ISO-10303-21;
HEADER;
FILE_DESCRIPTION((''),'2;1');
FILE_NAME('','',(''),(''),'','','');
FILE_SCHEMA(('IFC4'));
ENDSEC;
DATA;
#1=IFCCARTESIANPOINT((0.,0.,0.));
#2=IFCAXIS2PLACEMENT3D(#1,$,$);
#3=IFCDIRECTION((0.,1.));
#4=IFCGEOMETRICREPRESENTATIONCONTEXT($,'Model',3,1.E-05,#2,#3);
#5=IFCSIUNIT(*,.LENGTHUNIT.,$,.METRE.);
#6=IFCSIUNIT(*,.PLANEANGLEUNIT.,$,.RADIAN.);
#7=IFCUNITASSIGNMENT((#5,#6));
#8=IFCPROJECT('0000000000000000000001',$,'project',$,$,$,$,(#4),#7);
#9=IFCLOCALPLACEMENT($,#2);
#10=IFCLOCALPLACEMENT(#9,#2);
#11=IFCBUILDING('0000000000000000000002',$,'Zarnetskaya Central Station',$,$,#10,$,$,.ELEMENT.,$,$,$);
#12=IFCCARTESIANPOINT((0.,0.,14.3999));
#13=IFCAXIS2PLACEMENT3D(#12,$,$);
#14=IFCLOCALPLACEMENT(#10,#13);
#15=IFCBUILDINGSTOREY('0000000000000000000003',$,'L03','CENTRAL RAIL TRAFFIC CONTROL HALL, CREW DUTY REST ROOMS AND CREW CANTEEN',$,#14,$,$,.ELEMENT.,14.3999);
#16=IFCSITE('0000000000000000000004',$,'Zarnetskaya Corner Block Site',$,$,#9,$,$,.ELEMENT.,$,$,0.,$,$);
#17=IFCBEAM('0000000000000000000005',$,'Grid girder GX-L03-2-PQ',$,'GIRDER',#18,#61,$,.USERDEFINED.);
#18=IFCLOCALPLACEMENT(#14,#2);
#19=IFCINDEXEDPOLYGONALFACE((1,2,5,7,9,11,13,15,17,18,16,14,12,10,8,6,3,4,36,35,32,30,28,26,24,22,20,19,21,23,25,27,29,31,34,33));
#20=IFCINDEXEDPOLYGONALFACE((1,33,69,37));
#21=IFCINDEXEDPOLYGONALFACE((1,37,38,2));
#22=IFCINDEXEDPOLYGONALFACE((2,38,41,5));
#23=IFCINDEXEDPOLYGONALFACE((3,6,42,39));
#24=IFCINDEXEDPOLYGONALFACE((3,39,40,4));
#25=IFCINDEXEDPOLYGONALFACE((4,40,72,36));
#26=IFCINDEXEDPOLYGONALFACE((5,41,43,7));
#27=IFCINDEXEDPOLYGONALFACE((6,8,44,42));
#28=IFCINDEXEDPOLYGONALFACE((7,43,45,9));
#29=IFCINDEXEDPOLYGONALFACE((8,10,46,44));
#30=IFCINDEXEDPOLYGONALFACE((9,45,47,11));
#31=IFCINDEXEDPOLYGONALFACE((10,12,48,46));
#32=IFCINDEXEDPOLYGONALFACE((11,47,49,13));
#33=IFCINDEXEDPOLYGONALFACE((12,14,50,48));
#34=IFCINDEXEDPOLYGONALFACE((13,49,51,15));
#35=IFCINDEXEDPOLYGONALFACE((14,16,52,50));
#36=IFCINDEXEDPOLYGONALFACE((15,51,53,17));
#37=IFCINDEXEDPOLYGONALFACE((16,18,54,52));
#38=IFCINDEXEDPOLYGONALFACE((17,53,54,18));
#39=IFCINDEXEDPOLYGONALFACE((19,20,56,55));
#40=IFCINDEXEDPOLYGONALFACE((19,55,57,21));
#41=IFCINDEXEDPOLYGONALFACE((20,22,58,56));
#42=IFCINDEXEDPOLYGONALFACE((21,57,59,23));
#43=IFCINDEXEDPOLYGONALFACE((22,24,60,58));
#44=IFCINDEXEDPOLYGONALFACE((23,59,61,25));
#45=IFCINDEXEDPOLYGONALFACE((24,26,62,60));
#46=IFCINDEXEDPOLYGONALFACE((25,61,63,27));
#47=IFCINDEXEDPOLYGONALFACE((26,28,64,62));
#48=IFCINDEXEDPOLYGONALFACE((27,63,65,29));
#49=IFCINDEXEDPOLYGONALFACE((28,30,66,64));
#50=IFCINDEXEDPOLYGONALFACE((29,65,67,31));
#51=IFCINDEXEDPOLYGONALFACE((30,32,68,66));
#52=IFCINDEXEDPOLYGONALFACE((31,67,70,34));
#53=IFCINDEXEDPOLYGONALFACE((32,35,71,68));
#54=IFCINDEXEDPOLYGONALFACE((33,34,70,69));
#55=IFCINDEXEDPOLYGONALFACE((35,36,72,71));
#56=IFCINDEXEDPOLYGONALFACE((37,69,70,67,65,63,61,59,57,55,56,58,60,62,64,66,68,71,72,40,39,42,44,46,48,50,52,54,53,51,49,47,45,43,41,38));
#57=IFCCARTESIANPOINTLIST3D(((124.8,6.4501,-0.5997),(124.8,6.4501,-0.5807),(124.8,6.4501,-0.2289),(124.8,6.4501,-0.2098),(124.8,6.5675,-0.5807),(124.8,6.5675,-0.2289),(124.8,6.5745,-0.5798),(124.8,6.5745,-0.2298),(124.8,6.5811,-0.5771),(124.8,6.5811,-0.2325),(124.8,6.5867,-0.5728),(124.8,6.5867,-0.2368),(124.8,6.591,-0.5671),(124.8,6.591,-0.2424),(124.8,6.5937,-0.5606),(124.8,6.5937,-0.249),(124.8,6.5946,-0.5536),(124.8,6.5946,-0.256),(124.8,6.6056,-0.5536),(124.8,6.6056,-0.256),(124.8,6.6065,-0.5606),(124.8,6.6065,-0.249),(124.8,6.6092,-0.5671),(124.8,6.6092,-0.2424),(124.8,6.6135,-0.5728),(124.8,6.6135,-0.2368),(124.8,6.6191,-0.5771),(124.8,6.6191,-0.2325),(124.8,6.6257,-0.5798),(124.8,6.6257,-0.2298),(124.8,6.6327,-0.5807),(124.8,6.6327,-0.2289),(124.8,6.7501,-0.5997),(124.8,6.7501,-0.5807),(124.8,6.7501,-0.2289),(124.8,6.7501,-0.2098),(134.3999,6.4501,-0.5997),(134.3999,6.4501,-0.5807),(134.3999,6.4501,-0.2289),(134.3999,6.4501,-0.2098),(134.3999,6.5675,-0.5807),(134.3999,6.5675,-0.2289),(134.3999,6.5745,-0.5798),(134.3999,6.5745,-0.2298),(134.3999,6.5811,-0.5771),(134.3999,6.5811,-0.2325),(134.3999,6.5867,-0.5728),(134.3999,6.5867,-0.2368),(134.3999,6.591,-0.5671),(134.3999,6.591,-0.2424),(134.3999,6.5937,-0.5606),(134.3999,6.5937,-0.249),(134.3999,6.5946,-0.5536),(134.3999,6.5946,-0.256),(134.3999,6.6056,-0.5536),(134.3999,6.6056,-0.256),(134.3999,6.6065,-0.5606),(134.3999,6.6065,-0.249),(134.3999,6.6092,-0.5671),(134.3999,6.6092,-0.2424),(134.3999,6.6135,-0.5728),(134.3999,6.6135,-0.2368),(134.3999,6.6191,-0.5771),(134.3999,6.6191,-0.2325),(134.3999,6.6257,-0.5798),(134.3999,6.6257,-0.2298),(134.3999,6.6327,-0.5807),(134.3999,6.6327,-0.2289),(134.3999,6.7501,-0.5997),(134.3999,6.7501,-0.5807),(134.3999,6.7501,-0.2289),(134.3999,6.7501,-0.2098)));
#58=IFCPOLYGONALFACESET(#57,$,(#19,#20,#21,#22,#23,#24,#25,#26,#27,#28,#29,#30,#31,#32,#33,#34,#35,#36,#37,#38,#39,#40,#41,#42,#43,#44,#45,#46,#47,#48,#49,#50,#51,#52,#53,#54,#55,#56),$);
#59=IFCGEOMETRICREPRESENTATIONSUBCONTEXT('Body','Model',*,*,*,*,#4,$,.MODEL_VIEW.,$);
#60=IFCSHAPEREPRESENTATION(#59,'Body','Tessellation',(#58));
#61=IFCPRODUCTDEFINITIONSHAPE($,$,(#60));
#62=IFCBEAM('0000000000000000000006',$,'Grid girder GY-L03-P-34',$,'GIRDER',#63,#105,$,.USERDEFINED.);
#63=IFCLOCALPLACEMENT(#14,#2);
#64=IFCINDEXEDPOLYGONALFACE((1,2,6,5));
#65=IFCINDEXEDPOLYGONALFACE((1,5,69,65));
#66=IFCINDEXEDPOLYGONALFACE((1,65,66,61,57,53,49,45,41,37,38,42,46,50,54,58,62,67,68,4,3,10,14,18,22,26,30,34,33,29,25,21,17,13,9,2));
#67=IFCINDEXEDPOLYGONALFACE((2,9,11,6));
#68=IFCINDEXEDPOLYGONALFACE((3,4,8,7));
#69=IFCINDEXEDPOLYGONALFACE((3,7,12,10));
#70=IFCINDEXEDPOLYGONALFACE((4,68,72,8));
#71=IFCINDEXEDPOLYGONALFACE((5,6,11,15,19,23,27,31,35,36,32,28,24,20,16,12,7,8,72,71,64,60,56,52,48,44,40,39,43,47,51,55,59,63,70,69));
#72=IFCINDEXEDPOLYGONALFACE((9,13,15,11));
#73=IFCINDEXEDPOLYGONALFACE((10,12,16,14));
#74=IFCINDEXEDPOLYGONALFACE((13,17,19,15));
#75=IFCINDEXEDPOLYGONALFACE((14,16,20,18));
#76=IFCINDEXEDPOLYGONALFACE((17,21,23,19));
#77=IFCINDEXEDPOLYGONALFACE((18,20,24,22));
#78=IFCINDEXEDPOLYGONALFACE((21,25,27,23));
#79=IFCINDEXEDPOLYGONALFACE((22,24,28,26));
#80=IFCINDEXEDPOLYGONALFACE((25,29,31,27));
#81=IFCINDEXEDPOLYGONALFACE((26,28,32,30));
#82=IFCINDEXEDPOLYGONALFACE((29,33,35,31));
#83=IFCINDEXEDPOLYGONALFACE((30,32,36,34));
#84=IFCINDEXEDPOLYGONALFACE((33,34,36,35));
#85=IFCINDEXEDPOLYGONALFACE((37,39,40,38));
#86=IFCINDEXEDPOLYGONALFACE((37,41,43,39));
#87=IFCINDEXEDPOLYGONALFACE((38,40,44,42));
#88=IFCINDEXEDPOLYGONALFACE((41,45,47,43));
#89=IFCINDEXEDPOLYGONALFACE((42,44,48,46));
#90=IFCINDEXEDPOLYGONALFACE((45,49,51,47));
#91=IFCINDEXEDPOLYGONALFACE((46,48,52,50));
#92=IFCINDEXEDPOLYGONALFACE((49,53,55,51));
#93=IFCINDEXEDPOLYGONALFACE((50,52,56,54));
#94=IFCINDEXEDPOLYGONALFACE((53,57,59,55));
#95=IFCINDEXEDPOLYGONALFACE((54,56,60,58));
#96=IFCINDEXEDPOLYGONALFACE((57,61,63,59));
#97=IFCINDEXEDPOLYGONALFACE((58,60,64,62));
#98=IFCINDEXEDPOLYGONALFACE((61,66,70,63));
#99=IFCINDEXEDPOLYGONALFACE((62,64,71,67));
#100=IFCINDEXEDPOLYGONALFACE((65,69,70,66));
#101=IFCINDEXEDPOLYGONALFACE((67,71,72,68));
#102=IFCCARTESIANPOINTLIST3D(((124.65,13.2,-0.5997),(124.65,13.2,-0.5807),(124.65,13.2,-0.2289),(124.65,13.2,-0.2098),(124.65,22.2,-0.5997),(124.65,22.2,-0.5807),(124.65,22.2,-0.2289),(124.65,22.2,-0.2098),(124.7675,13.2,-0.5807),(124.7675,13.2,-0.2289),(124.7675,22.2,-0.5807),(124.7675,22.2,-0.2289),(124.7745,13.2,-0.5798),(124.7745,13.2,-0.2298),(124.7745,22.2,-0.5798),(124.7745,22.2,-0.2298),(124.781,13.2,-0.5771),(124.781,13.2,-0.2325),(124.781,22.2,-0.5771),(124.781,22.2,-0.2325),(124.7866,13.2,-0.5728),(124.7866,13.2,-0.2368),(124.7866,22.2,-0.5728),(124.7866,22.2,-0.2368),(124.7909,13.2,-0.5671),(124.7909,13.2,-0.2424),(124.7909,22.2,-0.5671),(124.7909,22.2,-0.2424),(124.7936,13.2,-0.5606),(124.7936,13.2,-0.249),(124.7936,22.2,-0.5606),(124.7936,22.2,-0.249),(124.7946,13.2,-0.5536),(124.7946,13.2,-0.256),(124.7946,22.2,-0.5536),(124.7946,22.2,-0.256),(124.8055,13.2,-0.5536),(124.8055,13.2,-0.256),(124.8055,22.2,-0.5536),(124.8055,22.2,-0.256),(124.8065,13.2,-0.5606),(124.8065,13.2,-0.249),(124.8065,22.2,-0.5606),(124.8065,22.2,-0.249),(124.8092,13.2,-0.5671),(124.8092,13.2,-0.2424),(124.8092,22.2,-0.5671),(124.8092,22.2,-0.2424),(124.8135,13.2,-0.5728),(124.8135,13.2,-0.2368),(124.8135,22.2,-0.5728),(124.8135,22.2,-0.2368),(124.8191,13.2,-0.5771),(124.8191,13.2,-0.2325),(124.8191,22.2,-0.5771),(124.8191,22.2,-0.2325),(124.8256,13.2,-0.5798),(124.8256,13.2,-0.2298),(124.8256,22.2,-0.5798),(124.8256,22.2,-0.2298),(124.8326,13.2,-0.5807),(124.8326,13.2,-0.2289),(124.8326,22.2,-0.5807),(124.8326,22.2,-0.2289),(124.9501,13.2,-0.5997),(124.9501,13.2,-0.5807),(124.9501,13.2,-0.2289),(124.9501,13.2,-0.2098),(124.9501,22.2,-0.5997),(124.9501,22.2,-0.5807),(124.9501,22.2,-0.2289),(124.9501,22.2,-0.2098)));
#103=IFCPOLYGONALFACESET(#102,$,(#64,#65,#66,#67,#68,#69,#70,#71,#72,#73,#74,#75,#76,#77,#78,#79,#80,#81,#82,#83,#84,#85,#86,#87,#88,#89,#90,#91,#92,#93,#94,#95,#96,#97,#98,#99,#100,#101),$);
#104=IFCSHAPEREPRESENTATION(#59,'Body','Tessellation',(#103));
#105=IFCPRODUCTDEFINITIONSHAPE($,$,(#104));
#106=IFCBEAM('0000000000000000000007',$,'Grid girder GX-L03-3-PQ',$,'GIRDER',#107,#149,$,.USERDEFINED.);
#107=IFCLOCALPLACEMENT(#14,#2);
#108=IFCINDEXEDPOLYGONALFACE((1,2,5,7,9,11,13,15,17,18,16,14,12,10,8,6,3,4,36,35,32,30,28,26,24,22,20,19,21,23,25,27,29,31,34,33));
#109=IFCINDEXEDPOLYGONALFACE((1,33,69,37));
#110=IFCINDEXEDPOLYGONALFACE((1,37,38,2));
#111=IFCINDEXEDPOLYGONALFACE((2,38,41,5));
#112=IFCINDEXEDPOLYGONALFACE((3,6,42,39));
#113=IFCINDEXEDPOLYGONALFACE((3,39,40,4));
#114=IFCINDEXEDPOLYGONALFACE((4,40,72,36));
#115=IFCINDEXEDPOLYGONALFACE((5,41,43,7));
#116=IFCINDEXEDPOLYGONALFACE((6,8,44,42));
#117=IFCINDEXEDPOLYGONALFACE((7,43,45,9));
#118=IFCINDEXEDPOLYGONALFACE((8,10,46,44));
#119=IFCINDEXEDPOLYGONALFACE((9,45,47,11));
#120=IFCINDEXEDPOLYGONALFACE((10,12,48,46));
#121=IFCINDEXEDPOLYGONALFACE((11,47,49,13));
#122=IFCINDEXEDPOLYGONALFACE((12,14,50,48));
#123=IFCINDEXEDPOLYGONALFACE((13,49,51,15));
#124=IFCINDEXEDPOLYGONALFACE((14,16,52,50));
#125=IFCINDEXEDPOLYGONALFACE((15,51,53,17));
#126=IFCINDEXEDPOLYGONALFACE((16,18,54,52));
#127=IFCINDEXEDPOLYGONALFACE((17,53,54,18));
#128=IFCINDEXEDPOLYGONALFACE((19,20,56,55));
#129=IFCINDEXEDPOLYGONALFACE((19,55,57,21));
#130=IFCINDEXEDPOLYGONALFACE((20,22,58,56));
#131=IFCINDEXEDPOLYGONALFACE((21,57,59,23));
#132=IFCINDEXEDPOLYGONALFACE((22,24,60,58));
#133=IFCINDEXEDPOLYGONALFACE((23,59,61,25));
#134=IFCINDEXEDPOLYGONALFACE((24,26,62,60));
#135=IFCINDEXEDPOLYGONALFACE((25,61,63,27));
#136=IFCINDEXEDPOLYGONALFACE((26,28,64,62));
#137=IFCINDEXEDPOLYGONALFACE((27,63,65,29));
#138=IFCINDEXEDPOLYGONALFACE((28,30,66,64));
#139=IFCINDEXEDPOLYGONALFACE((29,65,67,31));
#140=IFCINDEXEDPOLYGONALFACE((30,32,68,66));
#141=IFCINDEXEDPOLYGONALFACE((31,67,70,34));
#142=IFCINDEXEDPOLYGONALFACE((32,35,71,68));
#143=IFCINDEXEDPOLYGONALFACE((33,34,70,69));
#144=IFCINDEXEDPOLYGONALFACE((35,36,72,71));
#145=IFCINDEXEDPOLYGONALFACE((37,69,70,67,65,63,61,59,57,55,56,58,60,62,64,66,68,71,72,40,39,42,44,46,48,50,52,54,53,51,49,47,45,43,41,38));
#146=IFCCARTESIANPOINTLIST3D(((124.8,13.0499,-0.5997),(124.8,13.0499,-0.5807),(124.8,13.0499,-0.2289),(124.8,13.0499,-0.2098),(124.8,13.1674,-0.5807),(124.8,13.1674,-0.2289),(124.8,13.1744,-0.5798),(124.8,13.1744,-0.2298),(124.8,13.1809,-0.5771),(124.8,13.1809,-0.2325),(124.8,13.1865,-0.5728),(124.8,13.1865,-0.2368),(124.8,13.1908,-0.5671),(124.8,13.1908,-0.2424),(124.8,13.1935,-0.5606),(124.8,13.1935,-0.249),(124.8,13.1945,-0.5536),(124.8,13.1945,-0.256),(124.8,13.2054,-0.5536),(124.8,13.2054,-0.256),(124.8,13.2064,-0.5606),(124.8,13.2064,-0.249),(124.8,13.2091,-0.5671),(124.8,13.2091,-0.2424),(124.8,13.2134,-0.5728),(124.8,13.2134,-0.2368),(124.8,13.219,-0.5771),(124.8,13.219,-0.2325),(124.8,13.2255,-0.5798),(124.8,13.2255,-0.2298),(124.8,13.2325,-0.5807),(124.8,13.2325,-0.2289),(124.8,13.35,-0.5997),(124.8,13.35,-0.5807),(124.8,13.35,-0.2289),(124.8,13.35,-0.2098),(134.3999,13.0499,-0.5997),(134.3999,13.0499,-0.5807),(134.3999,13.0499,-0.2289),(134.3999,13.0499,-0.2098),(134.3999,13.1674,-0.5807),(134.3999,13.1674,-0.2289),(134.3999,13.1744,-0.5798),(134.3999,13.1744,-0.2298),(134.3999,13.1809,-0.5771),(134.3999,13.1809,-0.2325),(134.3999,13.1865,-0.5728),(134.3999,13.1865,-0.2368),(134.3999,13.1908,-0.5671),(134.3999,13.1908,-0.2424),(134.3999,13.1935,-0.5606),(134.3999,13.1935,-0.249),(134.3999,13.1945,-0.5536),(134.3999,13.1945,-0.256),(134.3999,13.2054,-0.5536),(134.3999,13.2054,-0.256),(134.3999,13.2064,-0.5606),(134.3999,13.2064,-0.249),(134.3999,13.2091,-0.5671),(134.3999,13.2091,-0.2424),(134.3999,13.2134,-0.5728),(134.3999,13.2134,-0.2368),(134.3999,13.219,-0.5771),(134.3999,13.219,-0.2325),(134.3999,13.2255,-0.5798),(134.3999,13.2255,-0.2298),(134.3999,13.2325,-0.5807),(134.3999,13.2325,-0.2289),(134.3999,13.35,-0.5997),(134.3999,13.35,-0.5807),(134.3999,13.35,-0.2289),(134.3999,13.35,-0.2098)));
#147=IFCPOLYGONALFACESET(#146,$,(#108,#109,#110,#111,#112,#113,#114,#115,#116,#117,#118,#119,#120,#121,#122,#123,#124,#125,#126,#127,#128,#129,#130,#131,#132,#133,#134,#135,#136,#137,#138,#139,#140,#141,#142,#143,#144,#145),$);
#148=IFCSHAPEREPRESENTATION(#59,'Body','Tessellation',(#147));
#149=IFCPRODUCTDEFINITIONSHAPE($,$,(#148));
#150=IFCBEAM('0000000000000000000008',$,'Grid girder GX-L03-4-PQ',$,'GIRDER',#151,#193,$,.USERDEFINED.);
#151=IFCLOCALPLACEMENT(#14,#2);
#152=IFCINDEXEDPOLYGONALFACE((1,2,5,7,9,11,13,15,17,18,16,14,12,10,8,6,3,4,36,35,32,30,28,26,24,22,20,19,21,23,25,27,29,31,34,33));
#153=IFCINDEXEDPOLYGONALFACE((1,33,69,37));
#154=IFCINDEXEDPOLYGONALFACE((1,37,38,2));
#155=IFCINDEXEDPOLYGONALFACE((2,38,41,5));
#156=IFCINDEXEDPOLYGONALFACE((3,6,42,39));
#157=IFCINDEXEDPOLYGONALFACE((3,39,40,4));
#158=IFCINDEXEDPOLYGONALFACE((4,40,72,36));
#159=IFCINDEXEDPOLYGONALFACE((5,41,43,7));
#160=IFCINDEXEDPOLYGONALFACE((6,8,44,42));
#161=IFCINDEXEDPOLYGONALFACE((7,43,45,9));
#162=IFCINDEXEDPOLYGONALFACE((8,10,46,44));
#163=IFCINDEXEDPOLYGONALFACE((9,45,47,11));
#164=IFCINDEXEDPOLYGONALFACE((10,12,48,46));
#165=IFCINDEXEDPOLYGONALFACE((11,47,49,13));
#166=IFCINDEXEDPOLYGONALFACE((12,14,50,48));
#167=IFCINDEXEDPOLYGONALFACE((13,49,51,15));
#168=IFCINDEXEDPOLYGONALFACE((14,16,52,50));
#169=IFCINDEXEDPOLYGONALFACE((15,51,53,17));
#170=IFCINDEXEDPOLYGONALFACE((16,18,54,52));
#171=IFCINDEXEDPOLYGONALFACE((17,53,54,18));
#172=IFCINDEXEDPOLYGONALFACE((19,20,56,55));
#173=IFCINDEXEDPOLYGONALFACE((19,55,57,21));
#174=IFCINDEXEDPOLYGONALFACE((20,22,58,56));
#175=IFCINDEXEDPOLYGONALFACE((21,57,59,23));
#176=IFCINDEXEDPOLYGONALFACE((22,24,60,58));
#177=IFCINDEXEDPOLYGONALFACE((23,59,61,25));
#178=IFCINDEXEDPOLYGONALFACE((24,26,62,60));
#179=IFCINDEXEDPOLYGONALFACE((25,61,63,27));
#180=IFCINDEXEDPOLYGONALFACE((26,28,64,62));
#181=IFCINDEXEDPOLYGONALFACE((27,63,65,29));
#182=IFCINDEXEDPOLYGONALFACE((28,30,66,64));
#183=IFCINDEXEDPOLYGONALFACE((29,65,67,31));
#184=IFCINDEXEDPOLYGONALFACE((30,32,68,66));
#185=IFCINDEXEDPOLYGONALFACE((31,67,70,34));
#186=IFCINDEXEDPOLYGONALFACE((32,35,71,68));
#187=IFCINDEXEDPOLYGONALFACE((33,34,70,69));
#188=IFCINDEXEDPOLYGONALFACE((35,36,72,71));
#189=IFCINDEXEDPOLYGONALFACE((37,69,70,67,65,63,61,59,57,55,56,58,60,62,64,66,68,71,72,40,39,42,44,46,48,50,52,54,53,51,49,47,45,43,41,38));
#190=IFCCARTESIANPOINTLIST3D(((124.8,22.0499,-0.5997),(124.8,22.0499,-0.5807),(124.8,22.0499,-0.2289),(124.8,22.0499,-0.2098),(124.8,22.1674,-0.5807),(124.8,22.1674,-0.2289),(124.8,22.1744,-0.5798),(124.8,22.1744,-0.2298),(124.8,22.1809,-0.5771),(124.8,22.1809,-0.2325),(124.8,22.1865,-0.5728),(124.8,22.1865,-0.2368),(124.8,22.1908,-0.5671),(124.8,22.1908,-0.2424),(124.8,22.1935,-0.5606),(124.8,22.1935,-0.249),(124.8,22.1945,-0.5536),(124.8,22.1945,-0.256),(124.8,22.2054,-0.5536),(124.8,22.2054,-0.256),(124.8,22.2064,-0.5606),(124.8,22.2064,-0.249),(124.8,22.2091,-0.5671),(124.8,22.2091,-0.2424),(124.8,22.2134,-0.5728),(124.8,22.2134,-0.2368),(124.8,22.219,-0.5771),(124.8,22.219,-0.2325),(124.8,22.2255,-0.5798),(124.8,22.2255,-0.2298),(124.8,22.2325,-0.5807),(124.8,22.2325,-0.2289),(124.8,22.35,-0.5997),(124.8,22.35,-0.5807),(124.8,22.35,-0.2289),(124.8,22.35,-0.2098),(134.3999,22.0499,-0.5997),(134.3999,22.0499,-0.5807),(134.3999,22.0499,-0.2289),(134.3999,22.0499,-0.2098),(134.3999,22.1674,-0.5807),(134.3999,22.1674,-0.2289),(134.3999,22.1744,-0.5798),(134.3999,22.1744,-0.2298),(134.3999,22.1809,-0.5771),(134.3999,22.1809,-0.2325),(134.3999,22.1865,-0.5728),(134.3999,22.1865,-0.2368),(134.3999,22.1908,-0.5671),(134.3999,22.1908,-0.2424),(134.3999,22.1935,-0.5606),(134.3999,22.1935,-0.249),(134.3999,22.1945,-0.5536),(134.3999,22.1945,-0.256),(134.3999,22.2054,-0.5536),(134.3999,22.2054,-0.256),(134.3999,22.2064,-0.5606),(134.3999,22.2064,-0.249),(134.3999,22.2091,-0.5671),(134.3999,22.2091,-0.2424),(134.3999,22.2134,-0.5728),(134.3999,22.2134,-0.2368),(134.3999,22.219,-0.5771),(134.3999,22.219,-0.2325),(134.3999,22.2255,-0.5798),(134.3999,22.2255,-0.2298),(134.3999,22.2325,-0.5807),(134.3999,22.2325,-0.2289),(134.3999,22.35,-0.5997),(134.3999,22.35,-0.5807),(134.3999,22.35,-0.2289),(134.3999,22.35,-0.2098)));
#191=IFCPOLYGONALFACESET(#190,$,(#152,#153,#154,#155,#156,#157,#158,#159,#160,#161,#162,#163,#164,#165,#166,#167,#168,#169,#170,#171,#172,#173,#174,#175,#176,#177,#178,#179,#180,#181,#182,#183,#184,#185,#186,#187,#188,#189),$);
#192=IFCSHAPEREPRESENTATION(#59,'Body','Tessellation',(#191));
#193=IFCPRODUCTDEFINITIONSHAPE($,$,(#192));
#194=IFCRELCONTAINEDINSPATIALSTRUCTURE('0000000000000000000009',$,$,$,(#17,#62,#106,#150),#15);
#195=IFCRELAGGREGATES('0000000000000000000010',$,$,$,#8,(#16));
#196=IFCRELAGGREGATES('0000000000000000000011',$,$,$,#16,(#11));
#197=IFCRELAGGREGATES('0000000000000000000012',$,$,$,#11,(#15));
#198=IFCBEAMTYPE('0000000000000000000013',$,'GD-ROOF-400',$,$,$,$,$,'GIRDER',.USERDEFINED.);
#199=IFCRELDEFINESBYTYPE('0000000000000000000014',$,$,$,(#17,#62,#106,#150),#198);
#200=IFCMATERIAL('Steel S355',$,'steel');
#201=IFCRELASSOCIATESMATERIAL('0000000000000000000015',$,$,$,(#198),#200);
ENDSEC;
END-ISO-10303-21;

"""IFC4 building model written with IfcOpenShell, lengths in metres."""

from ifc_helpers import new_model, si_unit, direction, frame, origin, origin_2d, place, context, subcontext, project, spatial, i_section, extrude, material, material_profile, profile_set, type_object, element, save


model = new_model("IFC4")

# Units and contexts
model_context = context("Model", 3, precision=1e-05, world=origin(), true_north=direction((0.0, 1.0)))
body_context = subcontext(model_context, "Body", "Model", "MODEL_VIEW")
ifc_project = project(units=[si_unit("LENGTHUNIT", "METRE"), si_unit("PLANEANGLEUNIT", "RADIAN")], contexts=[model_context])

# Site, building, storey
site_placement = place(None, origin())
site = spatial("IfcSite", under=ifc_project, at=site_placement, Name="Zarnetskaya Corner Block Site", CompositionType="ELEMENT", RefElevation=0.0)
building_placement = place(site_placement, origin())
building = spatial("IfcBuilding", under=site, at=building_placement, Name="Zarnetskaya Central Station", CompositionType="ELEMENT")
storey_placement = place(building_placement, frame((0.0, 0.0, 14.3999)))
storey = spatial("IfcBuildingStorey", under=building, at=storey_placement, Name="L03", Description="CENTRAL RAIL TRAFFIC CONTROL HALL, CREW DUTY REST ROOMS AND CREW CANTEEN", CompositionType="ELEMENT", Elevation=14.3999)

# Beams
ifc_material_1 = material(Name="Steel S355", Category="steel")
ifc_material_profile_1 = material_profile(ifc_material_1, i_section(OverallWidth=0.3, OverallDepth=0.3899, WebThickness=0.011, FlangeThickness=0.019, FilletRadius=0.0271, at=origin_2d()), Name="HEA 400")
ifc_profile_set_1 = profile_set([ifc_material_profile_1], Name="Steel S355")
beam_type_1 = type_object("IfcBeamType", Name="GD-ROOF-400", ElementType="GIRDER", PredefinedType="USERDEFINED", material=ifc_profile_set_1)
beam_1_placement = place(storey_placement, frame((124.8, 6.6001, -0.4048), z_axis=(1.0, 0.0, 0.0), x_axis=(0.0, 1.0, 0.0)))
element("IfcBeam", 1, at=beam_1_placement, inside=storey, type_object=beam_type_1, Name="Grid girder GX-L03-2-PQ", ObjectType="GIRDER", PredefinedType="USERDEFINED", context=body_context, shape_type="SweptSolid", body=[
    extrude(i_section(OverallWidth=0.3, OverallDepth=0.3899, WebThickness=0.011, FlangeThickness=0.019, FilletRadius=0.0271, at=origin_2d()), origin(), (0.0, 0.0, 1.0), 9.5999),
])
beam_2_placement = place(storey_placement, frame((124.8, 13.2, -0.4048), z_axis=(0.0, 1.0, 0.0), x_axis=(-1.0, 0.0, 0.0)))
element("IfcBeam", 2, at=beam_2_placement, inside=storey, type_object=beam_type_1, Name="Grid girder GY-L03-P-34", ObjectType="GIRDER", PredefinedType="USERDEFINED", context=body_context, shape_type="SweptSolid", body=[
    extrude(i_section(OverallWidth=0.3, OverallDepth=0.3899, WebThickness=0.011, FlangeThickness=0.019, FilletRadius=0.0271, at=origin_2d()), origin(), (0.0, 0.0, 1.0), 9.0),
])
for number, where, z_axis, x_axis, name in (
    (3, (124.8, 13.2, -0.4048), (1.0, 0.0, 0.0), (0.0, 1.0, 0.0), "Grid girder GX-L03-3-PQ"),
    (4, (124.8, 22.2, -0.4048), (1.0, 0.0, 0.0), (0.0, 1.0, 0.0), "Grid girder GX-L03-4-PQ"),
):
    element("IfcBeam", number, at=place(storey_placement, frame(where, z_axis=z_axis, x_axis=x_axis)), inside=storey, type_object=beam_type_1, Name=name, ObjectType="GIRDER", PredefinedType="USERDEFINED", context=body_context, shape_type="SweptSolid", body=[
        extrude(i_section(OverallWidth=0.3, OverallDepth=0.3899, WebThickness=0.011, FlangeThickness=0.019, FilletRadius=0.0271, at=origin_2d()), origin(), (0.0, 0.0, 1.0), 9.5999),
    ])

save(model, "model.ifc")
